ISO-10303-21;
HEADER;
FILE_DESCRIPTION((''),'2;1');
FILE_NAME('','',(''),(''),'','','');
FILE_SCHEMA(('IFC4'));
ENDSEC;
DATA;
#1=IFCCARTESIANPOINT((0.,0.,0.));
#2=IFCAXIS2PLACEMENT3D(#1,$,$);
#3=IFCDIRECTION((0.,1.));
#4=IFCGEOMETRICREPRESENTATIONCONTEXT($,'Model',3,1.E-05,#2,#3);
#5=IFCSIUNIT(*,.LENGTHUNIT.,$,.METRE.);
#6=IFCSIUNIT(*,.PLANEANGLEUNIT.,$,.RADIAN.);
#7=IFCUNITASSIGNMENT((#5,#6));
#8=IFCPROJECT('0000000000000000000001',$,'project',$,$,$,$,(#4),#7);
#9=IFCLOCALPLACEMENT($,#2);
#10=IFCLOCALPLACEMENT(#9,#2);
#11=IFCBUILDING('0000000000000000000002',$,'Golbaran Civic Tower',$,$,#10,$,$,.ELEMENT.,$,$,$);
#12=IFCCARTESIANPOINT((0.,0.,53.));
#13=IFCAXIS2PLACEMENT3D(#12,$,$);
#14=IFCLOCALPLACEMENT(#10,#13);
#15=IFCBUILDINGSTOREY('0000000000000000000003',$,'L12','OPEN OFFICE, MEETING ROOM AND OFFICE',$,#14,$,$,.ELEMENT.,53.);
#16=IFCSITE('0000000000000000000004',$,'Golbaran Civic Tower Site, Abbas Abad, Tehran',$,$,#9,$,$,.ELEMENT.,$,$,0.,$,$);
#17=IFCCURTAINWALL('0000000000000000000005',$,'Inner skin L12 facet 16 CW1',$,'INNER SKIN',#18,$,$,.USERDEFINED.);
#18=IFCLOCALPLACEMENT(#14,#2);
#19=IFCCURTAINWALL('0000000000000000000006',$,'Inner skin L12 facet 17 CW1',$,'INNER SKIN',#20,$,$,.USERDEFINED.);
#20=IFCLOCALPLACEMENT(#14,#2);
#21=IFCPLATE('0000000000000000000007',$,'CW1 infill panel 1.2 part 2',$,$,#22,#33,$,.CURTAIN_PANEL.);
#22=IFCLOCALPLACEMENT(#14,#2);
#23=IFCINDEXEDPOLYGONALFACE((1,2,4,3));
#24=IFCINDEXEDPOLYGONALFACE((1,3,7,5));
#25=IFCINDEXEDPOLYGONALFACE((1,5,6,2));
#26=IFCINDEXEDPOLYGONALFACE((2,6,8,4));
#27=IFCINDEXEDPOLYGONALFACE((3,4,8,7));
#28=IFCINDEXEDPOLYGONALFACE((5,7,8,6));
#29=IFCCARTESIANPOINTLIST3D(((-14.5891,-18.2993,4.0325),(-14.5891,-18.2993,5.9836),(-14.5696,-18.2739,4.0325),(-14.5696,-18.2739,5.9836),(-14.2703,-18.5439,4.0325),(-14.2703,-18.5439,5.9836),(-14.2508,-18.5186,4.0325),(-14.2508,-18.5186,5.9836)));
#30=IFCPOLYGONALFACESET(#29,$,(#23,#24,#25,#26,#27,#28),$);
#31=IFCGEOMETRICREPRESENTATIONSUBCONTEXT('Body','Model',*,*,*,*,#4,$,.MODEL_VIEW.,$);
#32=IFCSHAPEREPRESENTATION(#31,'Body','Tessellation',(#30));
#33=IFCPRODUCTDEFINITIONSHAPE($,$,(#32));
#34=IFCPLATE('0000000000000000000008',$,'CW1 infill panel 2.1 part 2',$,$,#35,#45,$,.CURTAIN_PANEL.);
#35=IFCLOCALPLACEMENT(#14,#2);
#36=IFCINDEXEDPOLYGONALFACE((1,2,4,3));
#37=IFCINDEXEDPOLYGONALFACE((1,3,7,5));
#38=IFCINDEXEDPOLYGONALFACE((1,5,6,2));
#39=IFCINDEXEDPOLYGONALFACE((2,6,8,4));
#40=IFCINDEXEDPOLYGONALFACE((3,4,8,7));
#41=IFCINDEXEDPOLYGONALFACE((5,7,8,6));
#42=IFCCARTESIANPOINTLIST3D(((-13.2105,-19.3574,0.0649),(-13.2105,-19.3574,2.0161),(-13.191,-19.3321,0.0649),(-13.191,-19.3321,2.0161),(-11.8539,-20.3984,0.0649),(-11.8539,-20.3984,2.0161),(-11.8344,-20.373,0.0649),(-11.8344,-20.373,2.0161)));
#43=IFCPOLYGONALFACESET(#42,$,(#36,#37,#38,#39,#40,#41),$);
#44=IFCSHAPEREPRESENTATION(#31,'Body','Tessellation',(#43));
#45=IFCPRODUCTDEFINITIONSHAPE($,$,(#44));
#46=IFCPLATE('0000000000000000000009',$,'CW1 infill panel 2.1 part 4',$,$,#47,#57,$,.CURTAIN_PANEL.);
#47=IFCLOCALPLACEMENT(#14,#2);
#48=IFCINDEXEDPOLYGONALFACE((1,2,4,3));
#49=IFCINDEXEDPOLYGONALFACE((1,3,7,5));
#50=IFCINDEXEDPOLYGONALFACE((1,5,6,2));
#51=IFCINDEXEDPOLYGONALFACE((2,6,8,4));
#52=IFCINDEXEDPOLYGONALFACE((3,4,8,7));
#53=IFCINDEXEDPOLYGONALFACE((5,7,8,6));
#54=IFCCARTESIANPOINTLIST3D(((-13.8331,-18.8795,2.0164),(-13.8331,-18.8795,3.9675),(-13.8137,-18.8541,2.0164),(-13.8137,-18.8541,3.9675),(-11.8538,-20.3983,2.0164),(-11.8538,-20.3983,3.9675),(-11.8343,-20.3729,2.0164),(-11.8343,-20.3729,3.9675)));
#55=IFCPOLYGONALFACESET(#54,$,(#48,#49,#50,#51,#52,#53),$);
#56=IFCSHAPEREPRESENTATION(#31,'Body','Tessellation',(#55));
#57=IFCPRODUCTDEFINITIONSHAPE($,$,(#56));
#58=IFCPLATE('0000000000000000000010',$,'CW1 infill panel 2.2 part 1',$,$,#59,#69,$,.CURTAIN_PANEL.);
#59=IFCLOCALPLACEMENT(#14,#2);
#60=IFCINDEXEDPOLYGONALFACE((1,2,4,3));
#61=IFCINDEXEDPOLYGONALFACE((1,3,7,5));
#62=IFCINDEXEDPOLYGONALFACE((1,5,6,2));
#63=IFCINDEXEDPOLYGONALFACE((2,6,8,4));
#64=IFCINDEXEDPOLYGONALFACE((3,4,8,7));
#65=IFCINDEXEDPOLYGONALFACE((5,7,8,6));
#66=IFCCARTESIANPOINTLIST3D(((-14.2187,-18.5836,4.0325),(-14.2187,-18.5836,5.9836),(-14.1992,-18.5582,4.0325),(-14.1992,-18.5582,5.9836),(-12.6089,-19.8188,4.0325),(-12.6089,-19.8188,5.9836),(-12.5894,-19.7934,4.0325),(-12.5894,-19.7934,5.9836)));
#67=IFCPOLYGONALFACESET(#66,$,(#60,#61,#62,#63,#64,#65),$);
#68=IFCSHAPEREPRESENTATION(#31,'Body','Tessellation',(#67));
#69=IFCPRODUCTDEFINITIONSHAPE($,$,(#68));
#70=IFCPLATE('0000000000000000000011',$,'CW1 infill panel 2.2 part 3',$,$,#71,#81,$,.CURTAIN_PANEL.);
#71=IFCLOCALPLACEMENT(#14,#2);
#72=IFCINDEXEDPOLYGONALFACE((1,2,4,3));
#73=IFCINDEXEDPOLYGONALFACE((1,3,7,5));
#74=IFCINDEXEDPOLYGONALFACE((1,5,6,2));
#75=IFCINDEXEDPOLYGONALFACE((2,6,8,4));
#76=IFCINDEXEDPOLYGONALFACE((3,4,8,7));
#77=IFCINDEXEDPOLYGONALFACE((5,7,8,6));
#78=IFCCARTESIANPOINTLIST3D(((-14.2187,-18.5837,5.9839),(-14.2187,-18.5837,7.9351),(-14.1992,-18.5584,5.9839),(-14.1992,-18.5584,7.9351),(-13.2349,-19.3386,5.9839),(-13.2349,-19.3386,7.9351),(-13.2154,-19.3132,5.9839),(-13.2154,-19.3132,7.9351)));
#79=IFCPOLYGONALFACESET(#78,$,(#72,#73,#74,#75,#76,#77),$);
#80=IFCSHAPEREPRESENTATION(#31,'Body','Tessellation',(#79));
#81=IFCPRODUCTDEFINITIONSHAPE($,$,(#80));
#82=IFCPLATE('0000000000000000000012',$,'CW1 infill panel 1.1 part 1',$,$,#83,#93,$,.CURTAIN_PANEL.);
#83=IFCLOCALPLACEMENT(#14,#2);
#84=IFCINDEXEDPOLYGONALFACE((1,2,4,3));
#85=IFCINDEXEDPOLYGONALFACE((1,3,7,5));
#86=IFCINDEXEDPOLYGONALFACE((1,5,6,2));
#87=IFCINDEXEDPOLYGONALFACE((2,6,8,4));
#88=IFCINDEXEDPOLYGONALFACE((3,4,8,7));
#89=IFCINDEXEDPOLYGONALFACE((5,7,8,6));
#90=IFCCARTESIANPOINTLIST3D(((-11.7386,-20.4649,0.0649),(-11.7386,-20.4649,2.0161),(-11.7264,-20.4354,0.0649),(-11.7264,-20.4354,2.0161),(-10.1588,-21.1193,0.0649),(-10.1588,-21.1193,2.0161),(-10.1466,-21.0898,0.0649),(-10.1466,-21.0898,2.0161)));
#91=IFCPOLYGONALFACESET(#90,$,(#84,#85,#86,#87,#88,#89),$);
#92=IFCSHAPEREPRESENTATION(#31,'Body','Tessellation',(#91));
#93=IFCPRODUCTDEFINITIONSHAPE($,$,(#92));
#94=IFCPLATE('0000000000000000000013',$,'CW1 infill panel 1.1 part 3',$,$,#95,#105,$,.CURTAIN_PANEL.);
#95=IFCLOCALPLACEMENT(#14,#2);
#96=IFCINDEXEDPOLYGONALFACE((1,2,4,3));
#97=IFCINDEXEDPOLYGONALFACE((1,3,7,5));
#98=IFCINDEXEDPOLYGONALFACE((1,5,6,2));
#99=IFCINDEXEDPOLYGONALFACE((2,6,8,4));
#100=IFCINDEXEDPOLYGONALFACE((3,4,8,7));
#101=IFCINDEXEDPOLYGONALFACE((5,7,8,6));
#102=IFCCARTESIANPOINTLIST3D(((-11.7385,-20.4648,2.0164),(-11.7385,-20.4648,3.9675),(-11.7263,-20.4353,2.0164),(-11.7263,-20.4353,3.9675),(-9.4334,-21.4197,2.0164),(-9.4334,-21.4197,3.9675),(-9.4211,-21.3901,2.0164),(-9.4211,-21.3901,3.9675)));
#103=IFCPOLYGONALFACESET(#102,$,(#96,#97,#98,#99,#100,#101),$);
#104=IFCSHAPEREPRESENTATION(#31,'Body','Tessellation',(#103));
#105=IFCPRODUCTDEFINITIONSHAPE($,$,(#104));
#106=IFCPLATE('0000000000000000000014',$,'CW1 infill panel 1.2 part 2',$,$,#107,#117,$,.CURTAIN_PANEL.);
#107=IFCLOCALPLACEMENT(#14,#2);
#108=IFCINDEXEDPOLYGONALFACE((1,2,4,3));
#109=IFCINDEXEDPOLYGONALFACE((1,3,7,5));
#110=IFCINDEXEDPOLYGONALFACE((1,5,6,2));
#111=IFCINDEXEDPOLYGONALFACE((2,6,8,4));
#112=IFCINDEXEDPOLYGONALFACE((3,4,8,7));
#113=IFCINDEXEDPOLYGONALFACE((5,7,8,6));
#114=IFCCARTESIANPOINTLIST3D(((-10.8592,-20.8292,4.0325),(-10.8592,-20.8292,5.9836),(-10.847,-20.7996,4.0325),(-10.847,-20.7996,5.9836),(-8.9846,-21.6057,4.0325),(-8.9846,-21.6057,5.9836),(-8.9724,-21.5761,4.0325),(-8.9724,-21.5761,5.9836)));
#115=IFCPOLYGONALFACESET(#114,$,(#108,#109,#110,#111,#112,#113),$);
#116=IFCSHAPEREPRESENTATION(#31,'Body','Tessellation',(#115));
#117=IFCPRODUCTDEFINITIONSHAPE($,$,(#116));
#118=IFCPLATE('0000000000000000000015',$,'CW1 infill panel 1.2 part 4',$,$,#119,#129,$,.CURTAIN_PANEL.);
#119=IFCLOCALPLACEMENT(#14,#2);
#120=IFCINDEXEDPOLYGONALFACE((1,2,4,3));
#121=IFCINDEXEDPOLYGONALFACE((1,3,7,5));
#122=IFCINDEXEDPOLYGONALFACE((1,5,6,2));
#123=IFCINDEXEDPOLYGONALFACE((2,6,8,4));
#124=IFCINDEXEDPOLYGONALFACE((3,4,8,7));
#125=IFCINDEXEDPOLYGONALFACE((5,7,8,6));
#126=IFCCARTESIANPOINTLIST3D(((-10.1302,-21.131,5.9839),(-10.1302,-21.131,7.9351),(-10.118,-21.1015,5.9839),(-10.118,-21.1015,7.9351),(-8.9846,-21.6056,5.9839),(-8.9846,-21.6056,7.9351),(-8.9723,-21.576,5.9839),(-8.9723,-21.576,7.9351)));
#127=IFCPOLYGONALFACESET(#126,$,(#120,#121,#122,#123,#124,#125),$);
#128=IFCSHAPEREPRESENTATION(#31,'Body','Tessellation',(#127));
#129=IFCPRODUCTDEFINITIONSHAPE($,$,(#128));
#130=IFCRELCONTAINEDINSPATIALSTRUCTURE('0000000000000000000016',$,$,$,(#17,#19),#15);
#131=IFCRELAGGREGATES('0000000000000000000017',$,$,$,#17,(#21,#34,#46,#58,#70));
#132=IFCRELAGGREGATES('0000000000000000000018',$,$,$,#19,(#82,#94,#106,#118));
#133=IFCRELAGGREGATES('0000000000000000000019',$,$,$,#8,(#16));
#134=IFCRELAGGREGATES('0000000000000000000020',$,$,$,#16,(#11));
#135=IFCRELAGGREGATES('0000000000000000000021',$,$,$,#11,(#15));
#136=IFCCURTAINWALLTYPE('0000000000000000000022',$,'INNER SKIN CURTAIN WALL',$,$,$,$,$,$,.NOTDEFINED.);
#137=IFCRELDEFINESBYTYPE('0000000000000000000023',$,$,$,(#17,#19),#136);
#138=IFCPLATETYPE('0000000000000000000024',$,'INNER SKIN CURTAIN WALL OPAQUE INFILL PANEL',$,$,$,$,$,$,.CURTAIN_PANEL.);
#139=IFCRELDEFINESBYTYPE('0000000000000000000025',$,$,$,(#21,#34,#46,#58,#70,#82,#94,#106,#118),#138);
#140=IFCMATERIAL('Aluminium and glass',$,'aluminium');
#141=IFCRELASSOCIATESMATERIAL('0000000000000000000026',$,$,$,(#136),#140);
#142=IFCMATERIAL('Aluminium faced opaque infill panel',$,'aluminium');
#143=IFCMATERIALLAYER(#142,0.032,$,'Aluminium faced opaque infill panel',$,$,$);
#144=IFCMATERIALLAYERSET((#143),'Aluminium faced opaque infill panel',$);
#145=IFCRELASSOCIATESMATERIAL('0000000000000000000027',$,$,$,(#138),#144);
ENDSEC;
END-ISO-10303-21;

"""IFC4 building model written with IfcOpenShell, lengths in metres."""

from ifc_helpers import new_model, si_unit, direction, frame, origin, origin_2d, place, context, subcontext, project, spatial, rectangle, extrude, material, layer, layer_set, type_object, element, aggregate, save


model = new_model("IFC4")

# Units and contexts
model_context = context("Model", 3, precision=1e-05, world=origin(), true_north=direction((0.0, 1.0)))
body_context = subcontext(model_context, "Body", "Model", "MODEL_VIEW")
ifc_project = project(units=[si_unit("LENGTHUNIT", "METRE"), si_unit("PLANEANGLEUNIT", "RADIAN")], contexts=[model_context])

# Site, building, storey
site_placement = place(None, origin())
site = spatial("IfcSite", under=ifc_project, at=site_placement, Name="Golbaran Civic Tower Site, Abbas Abad, Tehran", CompositionType="ELEMENT", RefElevation=0.0)
building_placement = place(site_placement, origin())
building = spatial("IfcBuilding", under=site, at=building_placement, Name="Golbaran Civic Tower", CompositionType="ELEMENT")
storey_placement = place(building_placement, frame((0.0, 0.0, 53.0)))
storey = spatial("IfcBuildingStorey", under=building, at=storey_placement, Name="L12", Description="OPEN OFFICE, MEETING ROOM AND OFFICE", CompositionType="ELEMENT", Elevation=53.0)

# Curtain wall
ifc_material_1 = material(Name="Aluminium and glass", Category="aluminium")
curtain_wall_type = type_object("IfcCurtainWallType", Name="INNER SKIN CURTAIN WALL", PredefinedType="NOTDEFINED", material=ifc_material_1)
curtain_wall_1_placement = place(storey_placement, origin())
curtain_wall_1 = element("IfcCurtainWall", 1, at=curtain_wall_1_placement, inside=storey, type_object=curtain_wall_type, Name="Inner skin L12 facet 16 CW1", ObjectType="INNER SKIN", PredefinedType="USERDEFINED")

# Curtain wall
curtain_wall_2_placement = place(storey_placement, origin())
curtain_wall_2 = element("IfcCurtainWall", 2, at=curtain_wall_2_placement, inside=storey, type_object=curtain_wall_type, Name="Inner skin L12 facet 17 CW1", ObjectType="INNER SKIN", PredefinedType="USERDEFINED")

# Plates
ifc_material_2 = material(Name="Aluminium faced opaque infill panel", Category="aluminium")
ifc_layer_1 = layer(ifc_material_2, 0.032, Name="Aluminium faced opaque infill panel")
ifc_layer_set_1 = layer_set([ifc_layer_1], Name="Aluminium faced opaque infill panel")
plate_type_1 = type_object("IfcPlateType", Name="INNER SKIN CURTAIN WALL OPAQUE INFILL PANEL", PredefinedType="CURTAIN_PANEL", material=ifc_layer_set_1)
plate_1_placement = place(storey_placement, frame((-14.4199, -18.4089, 4.0325), z_axis=(0.0, 0.0, 1.0), x_axis=(0.793353, -0.608761, 0.0)))
plate_1 = element("IfcPlate", 3, at=plate_1_placement, type_object=plate_type_1, Name="CW1 infill panel 1.2 part 2", PredefinedType="CURTAIN_PANEL", context=body_context, shape_type="SweptSolid", body=[
    extrude(rectangle(XDim=0.4019, YDim=0.032, at=origin_2d()), origin(), (0.0, 0.0, 1.0), 1.9512),
])
plate_2_placement = place(storey_placement, frame((-12.5225, -19.8652, 0.0649), z_axis=(0.0, 0.0, 1.0), x_axis=(0.793353, -0.608761, 0.0)))
plate_2 = element("IfcPlate", 4, at=plate_2_placement, type_object=plate_type_1, Name="CW1 infill panel 2.1 part 2", PredefinedType="CURTAIN_PANEL", context=body_context, shape_type="SweptSolid", body=[
    extrude(rectangle(XDim=1.71, YDim=0.032, at=origin_2d()), origin(), (0.0, 0.0, 1.0), 1.9512),
])
plate_3_placement = place(storey_placement, frame((-12.8337, -19.6262, 2.0164), z_axis=(0.0, 0.0, 1.0), x_axis=(0.793353, -0.608761, 0.0)))
plate_3 = element("IfcPlate", 5, at=plate_3_placement, type_object=plate_type_1, Name="CW1 infill panel 2.1 part 4", PredefinedType="CURTAIN_PANEL", context=body_context, shape_type="SweptSolid", body=[
    extrude(rectangle(XDim=2.4949, YDim=0.032, at=origin_2d()), origin(), (0.0, 0.0, 1.0), 1.9512),
])
plate_4_placement = place(storey_placement, frame((-13.4041, -19.1885, 4.0325), z_axis=(0.0, 0.0, 1.0), x_axis=(0.793353, -0.608761, 0.0)))
plate_4 = element("IfcPlate", 6, at=plate_4_placement, type_object=plate_type_1, Name="CW1 infill panel 2.2 part 1", PredefinedType="CURTAIN_PANEL", context=body_context, shape_type="SweptSolid", body=[
    extrude(rectangle(XDim=2.0291, YDim=0.032, at=origin_2d()), origin(), (0.0, 0.0, 1.0), 1.9512),
])
plate_5_placement = place(storey_placement, frame((-13.717, -18.9485, 5.9839), z_axis=(0.0, 0.0, 1.0), x_axis=(0.793353, -0.608761, 0.0)))
plate_5 = element("IfcPlate", 7, at=plate_5_placement, type_object=plate_type_1, Name="CW1 infill panel 2.2 part 3", PredefinedType="CURTAIN_PANEL", context=body_context, shape_type="SweptSolid", body=[
    extrude(rectangle(XDim=1.24, YDim=0.032, at=origin_2d()), origin(), (0.0, 0.0, 1.0), 1.9512),
])
aggregate(curtain_wall_1, [plate_1, plate_2, plate_3, plate_4, plate_5])
plate_6_placement = place(storey_placement, frame((-10.9426, -20.7773, 0.0649), z_axis=(0.0, 0.0, 1.0), x_axis=(0.92388, -0.382683, 0.0)))
plate_6 = element("IfcPlate", 8, at=plate_6_placement, type_object=plate_type_1, Name="CW1 infill panel 1.1 part 1", PredefinedType="CURTAIN_PANEL", context=body_context, shape_type="SweptSolid", body=[
    extrude(rectangle(XDim=1.71, YDim=0.032, at=origin_2d()), origin(), (0.0, 0.0, 1.0), 1.9512),
])
plate_7_placement = place(storey_placement, frame((-10.5798, -20.9275, 2.0164), z_axis=(0.0, 0.0, 1.0), x_axis=(0.92388, -0.382683, 0.0)))
plate_7 = element("IfcPlate", 9, at=plate_7_placement, type_object=plate_type_1, Name="CW1 infill panel 1.1 part 3", PredefinedType="CURTAIN_PANEL", context=body_context, shape_type="SweptSolid", body=[
    extrude(rectangle(XDim=2.4951, YDim=0.032, at=origin_2d()), origin(), (0.0, 0.0, 1.0), 1.9512),
])
plate_8_placement = place(storey_placement, frame((-9.9158, -21.2026, 4.0325), z_axis=(0.0, 0.0, 1.0), x_axis=(0.92388, -0.382683, 0.0)))
plate_8 = element("IfcPlate", 10, at=plate_8_placement, type_object=plate_type_1, Name="CW1 infill panel 1.2 part 2", PredefinedType="CURTAIN_PANEL", context=body_context, shape_type="SweptSolid", body=[
    extrude(rectangle(XDim=2.0291, YDim=0.032, at=origin_2d()), origin(), (0.0, 0.0, 1.0), 1.9512),
])
plate_9_placement = place(storey_placement, frame((-9.5513, -21.3535, 5.9839), z_axis=(0.0, 0.0, 1.0), x_axis=(0.92388, -0.382683, 0.0)))
plate_9 = element("IfcPlate", 11, at=plate_9_placement, type_object=plate_type_1, Name="CW1 infill panel 1.2 part 4", PredefinedType="CURTAIN_PANEL", context=body_context, shape_type="SweptSolid", body=[
    extrude(rectangle(XDim=1.24, YDim=0.032, at=origin_2d()), origin(), (0.0, 0.0, 1.0), 1.9512),
])
aggregate(curtain_wall_2, [plate_6, plate_7, plate_8, plate_9])

save(model, "model.ifc")
